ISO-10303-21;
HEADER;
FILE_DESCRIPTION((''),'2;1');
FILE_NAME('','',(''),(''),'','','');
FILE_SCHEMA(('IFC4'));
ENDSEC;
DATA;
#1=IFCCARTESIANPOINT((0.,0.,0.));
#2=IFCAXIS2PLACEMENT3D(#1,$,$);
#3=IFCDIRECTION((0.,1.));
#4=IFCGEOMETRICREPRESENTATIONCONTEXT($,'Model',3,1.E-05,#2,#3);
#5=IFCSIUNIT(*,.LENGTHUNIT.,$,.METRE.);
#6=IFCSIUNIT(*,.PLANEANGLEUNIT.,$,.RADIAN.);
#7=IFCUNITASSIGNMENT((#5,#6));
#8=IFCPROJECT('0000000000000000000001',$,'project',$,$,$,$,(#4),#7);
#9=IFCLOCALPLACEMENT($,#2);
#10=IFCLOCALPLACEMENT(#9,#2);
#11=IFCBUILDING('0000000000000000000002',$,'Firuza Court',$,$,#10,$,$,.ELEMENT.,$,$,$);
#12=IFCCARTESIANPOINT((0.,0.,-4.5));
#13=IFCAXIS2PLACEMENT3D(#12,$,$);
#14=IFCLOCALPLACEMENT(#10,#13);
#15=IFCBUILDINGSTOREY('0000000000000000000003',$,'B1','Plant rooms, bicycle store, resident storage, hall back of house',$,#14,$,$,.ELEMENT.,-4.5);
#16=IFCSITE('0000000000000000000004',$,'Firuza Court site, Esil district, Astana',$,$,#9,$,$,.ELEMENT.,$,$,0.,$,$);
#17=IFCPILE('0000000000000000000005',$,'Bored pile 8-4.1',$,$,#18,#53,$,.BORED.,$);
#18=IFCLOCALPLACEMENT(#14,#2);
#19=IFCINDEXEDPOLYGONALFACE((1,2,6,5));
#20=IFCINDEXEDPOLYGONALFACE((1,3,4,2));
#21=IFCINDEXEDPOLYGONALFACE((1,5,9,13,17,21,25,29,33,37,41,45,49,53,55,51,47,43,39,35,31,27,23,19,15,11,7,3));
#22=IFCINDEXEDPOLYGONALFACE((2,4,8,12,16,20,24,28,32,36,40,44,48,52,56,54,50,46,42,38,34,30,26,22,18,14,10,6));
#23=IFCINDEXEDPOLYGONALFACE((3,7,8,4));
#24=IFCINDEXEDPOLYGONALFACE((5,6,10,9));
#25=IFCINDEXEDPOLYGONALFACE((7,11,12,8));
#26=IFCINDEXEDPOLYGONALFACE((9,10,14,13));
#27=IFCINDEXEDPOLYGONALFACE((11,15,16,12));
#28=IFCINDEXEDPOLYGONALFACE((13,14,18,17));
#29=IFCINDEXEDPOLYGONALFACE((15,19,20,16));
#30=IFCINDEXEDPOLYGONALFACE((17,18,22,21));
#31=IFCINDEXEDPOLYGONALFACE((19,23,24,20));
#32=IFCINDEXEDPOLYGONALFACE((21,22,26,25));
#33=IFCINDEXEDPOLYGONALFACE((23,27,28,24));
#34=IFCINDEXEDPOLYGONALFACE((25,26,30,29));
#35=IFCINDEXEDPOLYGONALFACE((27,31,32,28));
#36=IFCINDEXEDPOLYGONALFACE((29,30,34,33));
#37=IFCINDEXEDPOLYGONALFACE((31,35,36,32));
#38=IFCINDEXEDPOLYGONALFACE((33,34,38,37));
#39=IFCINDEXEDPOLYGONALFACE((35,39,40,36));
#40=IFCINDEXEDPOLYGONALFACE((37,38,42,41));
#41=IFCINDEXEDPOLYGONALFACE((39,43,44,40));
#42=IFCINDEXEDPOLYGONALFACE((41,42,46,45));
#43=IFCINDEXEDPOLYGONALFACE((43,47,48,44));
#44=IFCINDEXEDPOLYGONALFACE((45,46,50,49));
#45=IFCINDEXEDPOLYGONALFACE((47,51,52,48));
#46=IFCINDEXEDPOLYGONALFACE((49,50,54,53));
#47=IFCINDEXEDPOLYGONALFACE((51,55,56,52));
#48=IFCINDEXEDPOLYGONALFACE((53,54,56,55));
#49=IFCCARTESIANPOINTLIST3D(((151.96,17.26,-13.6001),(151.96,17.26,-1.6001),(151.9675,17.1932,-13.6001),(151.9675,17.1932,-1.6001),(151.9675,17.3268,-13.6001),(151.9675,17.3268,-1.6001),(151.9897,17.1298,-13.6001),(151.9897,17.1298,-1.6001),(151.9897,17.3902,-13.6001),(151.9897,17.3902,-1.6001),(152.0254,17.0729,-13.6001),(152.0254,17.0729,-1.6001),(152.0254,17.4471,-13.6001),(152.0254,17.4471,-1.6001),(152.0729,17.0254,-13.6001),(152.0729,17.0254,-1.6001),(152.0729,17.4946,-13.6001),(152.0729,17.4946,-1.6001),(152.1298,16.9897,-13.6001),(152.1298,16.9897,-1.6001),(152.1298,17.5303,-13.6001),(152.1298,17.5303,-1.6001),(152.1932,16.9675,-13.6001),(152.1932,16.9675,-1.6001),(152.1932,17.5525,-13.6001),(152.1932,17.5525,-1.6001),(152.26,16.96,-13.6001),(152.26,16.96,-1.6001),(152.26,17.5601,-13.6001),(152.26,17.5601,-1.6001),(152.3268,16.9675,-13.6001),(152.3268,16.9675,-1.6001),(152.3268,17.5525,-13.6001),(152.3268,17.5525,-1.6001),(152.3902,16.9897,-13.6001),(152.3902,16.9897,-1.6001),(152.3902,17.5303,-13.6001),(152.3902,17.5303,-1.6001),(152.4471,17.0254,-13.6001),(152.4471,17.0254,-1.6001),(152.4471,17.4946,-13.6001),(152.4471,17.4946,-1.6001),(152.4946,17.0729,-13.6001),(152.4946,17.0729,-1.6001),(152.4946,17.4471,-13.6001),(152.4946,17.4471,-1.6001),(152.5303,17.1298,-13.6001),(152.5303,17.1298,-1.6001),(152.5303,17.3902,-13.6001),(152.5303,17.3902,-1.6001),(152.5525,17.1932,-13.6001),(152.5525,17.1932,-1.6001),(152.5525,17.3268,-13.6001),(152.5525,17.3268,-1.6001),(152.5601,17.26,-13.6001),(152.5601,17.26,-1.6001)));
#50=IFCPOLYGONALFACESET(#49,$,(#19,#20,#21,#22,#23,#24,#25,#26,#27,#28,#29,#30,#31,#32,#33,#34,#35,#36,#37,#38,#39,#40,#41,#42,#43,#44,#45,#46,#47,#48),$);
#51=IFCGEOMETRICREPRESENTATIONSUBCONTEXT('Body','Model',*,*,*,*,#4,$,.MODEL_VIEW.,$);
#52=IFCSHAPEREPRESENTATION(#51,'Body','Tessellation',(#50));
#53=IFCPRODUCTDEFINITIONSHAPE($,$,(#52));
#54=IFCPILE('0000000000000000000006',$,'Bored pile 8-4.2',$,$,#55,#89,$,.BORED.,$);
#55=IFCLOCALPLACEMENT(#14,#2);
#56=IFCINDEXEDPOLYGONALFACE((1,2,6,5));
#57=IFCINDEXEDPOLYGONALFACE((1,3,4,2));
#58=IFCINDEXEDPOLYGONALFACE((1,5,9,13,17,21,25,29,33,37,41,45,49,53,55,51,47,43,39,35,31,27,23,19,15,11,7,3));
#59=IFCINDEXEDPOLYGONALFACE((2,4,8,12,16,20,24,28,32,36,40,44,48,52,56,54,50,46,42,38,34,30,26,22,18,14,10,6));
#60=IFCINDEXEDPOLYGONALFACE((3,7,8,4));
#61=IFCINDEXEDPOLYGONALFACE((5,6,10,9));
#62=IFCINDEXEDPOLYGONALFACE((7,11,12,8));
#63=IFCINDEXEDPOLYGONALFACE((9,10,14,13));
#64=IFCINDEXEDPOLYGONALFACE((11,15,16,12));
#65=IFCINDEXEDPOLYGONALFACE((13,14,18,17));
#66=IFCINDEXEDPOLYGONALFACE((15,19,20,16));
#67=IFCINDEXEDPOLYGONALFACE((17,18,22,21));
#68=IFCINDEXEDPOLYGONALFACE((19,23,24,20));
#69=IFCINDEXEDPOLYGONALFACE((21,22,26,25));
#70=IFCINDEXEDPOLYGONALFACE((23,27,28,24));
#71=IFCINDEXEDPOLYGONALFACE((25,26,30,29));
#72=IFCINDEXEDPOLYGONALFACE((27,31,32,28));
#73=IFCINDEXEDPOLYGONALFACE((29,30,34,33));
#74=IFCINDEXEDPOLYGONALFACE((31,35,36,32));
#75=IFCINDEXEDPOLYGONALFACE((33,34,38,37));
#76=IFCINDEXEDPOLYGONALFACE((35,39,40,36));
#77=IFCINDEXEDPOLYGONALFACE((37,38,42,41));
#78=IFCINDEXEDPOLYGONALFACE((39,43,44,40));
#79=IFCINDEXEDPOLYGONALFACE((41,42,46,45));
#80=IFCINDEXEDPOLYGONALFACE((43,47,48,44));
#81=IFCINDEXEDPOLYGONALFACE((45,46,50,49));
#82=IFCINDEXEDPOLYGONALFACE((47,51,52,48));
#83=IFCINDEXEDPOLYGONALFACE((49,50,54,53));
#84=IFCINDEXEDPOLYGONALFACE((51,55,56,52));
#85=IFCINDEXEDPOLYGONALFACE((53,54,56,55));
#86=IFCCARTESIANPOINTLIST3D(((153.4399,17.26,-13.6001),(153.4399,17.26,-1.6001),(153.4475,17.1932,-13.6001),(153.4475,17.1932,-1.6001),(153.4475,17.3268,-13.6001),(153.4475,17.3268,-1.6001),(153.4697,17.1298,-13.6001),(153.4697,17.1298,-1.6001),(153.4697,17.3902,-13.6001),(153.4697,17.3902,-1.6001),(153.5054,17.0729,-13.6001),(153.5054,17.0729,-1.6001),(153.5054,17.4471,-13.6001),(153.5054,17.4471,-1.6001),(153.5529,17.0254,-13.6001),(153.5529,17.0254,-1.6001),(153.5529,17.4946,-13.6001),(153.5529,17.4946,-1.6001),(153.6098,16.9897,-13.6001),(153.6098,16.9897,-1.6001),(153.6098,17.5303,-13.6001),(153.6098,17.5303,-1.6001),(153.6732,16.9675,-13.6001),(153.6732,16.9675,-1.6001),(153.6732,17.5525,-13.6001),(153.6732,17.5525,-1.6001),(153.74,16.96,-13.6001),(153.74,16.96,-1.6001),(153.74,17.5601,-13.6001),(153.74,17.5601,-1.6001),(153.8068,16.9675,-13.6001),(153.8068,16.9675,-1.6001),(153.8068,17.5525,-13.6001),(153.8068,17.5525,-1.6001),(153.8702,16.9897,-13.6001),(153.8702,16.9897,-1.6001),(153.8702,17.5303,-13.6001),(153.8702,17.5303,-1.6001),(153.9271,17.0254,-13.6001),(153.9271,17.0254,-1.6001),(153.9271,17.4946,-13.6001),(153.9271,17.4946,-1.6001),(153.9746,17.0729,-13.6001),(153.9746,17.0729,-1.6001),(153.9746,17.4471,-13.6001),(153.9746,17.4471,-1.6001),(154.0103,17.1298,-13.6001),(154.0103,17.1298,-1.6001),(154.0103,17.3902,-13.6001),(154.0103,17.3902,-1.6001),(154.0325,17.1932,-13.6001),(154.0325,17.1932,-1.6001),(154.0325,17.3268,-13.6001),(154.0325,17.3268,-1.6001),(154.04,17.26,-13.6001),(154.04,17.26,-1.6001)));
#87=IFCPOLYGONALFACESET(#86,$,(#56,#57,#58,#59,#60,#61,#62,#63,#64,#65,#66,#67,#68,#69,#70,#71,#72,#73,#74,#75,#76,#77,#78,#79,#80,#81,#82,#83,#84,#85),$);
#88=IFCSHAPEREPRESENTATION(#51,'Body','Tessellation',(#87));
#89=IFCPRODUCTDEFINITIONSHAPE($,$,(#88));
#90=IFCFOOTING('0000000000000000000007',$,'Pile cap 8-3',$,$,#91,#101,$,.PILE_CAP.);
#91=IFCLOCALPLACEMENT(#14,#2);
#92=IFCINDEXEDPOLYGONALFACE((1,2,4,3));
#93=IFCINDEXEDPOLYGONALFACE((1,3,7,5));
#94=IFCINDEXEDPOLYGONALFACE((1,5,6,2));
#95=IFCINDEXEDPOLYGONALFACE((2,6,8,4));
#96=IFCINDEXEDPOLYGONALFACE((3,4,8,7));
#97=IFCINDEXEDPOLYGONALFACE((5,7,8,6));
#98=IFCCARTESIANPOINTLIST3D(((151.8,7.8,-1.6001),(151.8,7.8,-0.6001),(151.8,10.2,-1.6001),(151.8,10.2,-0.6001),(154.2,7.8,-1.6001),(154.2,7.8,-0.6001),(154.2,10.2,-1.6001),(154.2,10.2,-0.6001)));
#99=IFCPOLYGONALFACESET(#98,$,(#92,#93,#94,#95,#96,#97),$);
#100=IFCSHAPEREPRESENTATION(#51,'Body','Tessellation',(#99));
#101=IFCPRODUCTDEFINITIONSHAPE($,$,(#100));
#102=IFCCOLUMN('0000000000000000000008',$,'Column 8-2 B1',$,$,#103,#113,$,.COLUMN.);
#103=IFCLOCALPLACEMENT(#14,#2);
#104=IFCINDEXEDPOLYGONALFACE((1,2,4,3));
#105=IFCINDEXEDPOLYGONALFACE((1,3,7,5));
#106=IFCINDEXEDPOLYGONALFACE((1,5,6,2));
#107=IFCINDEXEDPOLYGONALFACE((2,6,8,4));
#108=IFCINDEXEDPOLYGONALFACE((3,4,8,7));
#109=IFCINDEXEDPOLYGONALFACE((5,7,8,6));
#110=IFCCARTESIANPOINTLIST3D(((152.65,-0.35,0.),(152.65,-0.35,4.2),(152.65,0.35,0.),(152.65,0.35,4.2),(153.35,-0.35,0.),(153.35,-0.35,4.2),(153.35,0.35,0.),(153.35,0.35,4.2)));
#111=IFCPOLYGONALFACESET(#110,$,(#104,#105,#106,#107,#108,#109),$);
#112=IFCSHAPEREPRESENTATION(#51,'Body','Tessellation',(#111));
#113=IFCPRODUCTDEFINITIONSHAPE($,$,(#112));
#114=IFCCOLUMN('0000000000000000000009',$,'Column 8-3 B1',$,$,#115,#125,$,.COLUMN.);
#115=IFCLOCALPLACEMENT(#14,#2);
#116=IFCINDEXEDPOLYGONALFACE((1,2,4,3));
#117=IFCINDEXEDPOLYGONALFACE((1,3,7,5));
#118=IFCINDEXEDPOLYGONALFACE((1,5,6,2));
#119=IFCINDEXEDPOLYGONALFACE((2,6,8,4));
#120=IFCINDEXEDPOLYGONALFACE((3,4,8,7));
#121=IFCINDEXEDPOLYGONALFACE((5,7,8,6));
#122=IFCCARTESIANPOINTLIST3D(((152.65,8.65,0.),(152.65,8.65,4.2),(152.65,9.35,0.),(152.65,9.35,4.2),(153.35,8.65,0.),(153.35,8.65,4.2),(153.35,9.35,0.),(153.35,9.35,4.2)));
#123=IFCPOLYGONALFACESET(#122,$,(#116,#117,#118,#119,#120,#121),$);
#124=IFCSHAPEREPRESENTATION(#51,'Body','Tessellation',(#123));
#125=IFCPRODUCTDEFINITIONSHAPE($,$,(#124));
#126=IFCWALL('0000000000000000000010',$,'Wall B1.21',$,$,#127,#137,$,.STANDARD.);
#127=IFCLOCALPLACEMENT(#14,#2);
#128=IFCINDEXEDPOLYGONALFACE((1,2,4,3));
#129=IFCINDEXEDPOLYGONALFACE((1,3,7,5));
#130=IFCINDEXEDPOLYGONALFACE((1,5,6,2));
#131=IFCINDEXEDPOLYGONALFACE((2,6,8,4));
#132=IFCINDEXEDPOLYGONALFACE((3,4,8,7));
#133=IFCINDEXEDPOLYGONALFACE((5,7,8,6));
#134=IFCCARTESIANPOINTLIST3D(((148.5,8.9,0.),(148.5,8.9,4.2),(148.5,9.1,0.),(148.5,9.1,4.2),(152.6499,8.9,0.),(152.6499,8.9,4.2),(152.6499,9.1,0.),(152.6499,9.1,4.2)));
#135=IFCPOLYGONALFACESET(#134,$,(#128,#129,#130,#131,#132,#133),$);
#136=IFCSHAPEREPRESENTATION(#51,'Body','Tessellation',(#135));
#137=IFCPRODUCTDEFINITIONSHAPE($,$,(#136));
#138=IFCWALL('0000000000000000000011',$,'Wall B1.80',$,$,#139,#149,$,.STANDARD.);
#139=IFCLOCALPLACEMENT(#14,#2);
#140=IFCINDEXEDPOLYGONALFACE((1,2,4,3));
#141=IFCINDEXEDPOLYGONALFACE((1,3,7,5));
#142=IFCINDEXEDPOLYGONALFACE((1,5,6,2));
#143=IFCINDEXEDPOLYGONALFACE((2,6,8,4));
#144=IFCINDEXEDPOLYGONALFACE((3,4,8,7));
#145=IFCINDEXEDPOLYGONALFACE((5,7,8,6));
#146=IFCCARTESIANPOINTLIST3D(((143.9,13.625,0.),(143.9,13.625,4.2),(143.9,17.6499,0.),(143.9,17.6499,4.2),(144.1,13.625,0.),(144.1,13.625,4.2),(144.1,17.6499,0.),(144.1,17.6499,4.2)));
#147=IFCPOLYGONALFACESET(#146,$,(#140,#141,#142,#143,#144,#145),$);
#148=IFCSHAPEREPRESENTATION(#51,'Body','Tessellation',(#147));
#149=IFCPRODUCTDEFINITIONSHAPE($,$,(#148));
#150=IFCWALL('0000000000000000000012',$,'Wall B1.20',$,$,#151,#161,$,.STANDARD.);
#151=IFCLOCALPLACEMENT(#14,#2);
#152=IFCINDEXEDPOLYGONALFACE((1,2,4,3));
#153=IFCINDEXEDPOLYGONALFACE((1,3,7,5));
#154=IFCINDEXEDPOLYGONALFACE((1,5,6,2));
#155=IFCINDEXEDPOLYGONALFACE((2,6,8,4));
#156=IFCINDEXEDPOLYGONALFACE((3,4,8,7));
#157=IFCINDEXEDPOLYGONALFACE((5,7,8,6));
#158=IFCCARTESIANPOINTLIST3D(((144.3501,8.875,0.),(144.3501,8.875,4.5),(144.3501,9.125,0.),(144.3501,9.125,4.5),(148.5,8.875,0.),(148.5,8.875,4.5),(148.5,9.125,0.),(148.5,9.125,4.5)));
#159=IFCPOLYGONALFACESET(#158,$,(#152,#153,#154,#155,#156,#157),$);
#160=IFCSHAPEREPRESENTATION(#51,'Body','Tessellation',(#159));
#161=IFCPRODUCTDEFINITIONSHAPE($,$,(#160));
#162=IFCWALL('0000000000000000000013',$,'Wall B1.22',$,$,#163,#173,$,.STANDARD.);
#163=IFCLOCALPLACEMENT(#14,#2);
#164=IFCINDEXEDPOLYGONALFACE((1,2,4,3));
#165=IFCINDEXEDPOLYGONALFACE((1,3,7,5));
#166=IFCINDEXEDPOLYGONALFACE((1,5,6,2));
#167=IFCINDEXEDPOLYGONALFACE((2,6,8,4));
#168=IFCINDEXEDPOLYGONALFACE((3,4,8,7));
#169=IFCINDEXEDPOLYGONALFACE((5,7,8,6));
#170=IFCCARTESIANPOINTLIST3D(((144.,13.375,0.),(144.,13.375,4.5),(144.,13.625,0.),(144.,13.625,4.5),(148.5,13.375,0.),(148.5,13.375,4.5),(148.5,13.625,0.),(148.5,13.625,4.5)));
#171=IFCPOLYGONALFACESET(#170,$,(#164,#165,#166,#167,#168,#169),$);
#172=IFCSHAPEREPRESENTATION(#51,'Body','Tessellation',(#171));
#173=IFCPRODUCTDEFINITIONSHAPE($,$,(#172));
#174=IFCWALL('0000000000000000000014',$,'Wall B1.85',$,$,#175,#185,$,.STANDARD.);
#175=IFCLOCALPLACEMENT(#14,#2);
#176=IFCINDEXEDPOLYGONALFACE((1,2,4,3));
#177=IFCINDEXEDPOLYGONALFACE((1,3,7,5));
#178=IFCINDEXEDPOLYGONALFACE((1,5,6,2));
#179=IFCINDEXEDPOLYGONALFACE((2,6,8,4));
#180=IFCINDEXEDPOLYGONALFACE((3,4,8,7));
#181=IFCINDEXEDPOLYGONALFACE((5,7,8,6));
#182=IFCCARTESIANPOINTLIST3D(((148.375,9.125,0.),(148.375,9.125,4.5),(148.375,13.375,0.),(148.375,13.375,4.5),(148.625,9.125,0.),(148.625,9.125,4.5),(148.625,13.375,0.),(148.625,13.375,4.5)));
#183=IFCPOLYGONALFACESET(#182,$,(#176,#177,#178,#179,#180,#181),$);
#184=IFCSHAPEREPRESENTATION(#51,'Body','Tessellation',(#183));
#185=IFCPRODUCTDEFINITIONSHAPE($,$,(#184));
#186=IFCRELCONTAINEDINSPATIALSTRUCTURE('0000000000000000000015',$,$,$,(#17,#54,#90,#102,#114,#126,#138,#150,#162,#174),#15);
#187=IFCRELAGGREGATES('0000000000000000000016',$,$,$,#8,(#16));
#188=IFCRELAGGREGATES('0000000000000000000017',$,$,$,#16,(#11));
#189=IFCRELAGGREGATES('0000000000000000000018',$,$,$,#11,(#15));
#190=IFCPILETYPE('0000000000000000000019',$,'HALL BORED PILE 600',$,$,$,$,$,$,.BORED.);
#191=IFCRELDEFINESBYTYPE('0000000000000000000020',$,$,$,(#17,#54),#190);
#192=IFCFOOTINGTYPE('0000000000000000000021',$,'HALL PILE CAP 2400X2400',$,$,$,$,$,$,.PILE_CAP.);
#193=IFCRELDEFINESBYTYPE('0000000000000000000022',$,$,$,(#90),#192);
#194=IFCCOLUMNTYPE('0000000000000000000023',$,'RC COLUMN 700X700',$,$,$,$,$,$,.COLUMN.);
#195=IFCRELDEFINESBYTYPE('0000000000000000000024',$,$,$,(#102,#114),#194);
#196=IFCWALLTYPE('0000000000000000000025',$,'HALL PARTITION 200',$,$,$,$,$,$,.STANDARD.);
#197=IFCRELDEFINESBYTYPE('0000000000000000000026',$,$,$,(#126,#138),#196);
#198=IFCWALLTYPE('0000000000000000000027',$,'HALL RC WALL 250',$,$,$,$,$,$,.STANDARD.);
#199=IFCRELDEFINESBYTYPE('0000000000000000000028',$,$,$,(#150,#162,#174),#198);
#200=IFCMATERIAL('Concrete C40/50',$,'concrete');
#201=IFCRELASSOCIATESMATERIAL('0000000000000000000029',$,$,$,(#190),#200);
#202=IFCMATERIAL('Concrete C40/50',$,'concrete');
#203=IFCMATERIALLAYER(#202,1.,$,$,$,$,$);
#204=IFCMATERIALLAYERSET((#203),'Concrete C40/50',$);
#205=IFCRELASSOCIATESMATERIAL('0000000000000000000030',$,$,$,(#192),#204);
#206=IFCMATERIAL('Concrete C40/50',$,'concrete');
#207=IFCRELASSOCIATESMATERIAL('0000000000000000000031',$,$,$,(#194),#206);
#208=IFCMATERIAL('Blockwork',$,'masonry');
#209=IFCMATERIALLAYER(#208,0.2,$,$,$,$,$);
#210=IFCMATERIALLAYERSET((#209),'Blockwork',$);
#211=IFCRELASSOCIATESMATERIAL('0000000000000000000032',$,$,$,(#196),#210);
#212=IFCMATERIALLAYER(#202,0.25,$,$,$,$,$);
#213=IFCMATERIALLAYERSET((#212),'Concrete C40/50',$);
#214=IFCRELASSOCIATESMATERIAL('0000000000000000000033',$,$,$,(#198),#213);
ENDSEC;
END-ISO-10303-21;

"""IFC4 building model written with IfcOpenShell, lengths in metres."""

from ifc_helpers import new_model, si_unit, direction, frame, frame_2d, origin, origin_2d, place, context, subcontext, project, spatial, rectangle, circle, extrude, material, layer, layer_set, material_profile, profile_set, type_object, element, save


model = new_model("IFC4")

# Units and contexts
model_context = context("Model", 3, precision=1e-05, world=origin(), true_north=direction((0.0, 1.0)))
body_context = subcontext(model_context, "Body", "Model", "MODEL_VIEW")
ifc_project = project(units=[si_unit("LENGTHUNIT", "METRE"), si_unit("PLANEANGLEUNIT", "RADIAN")], contexts=[model_context])

# Site, building, storey
site_placement = place(None, origin())
site = spatial("IfcSite", under=ifc_project, at=site_placement, Name="Firuza Court site, Esil district, Astana", CompositionType="ELEMENT", RefElevation=0.0)
building_placement = place(site_placement, origin())
building = spatial("IfcBuilding", under=site, at=building_placement, Name="Firuza Court", CompositionType="ELEMENT")
storey_placement = place(building_placement, frame((0.0, 0.0, -4.5)))
storey = spatial("IfcBuildingStorey", under=building, at=storey_placement, Name="B1", Description="Plant rooms, bicycle store, resident storage, hall back of house", CompositionType="ELEMENT", Elevation=-4.5)

# Piles
ifc_material_1 = material(Name="Concrete C40/50", Category="concrete")
ifc_material_profile_1 = material_profile(ifc_material_1, circle(Radius=0.3, at=origin_2d()), Name="PILE 600")
ifc_profile_set_1 = profile_set([ifc_material_profile_1], Name="Concrete C40/50")
pile_type = type_object("IfcPileType", Name="HALL BORED PILE 600", PredefinedType="BORED", material=ifc_profile_set_1)
for number, where, z_axis, x_axis, name in (
    (1, (152.26, 17.26, -1.6001), (0.0, 0.0, -1.0), (1.0, 0.0, 0.0), "Bored pile 8-4.1"),
    (2, (153.74, 17.26, -1.6001), (0.0, 0.0, -1.0), (1.0, 0.0, 0.0), "Bored pile 8-4.2"),
):
    element("IfcPile", number, at=place(storey_placement, frame(where, z_axis=z_axis, x_axis=x_axis)), inside=storey, type_object=pile_type, Name=name, PredefinedType="BORED", context=body_context, shape_type="SweptSolid", body=[
        extrude(circle(Radius=0.3, at=origin_2d()), origin(), (0.0, 0.0, 1.0), 12.0),
    ])

# Footing
ifc_material_2 = material(Name="Concrete C40/50", Category="concrete")
ifc_layer_1 = layer(ifc_material_2, 1.0)
ifc_layer_set_1 = layer_set([ifc_layer_1], Name="Concrete C40/50")
footing_type = type_object("IfcFootingType", Name="HALL PILE CAP 2400X2400", PredefinedType="PILE_CAP", material=ifc_layer_set_1)
footing_placement = place(storey_placement, frame((153.0, 9.0, -1.6001), z_axis=(0.0, 0.0, 1.0), x_axis=(1.0, 0.0, 0.0)))
element("IfcFooting", 3, at=footing_placement, inside=storey, type_object=footing_type, Name="Pile cap 8-3", PredefinedType="PILE_CAP", context=body_context, shape_type="SweptSolid", body=[
    extrude(rectangle(XDim=2.3999, YDim=2.3999, at=origin_2d()), origin(), (0.0, 0.0, 1.0), 1.0),
])

# Columns
ifc_material_3 = material(Name="Concrete C40/50", Category="concrete")
ifc_material_profile_2 = material_profile(ifc_material_3, rectangle(XDim=0.7, YDim=0.7, at=origin_2d()), Name="RC 700X700")
ifc_profile_set_2 = profile_set([ifc_material_profile_2], Name="Concrete C40/50")
column_type = type_object("IfcColumnType", Name="RC COLUMN 700X700", PredefinedType="COLUMN", material=ifc_profile_set_2)
for number, where, z_axis, x_axis, name in (
    (4, (153.0, 0.0, 0.0), (0.0, 0.0, 1.0), (1.0, 0.0, 0.0), "Column 8-2 B1"),
    (5, (153.0, 9.0, 0.0), (0.0, 0.0, 1.0), (1.0, 0.0, 0.0), "Column 8-3 B1"),
):
    element("IfcColumn", number, at=place(storey_placement, frame(where, z_axis=z_axis, x_axis=x_axis)), inside=storey, type_object=column_type, Name=name, PredefinedType="COLUMN", context=body_context, shape_type="SweptSolid", body=[
        extrude(rectangle(XDim=0.7, YDim=0.7, at=origin_2d()), origin(), (0.0, 0.0, 1.0), 4.2),
    ])

# Walls
ifc_material_4 = material(Name="Blockwork", Category="masonry")
ifc_layer_2 = layer(ifc_material_4, 0.2)
ifc_layer_set_2 = layer_set([ifc_layer_2], Name="Blockwork")
wall_type_1 = type_object("IfcWallType", Name="HALL PARTITION 200", PredefinedType="STANDARD", material=ifc_layer_set_2)
wall_1_placement = place(storey_placement, frame((148.5, 9.0, 0.0), z_axis=(0.0, 0.0, 1.0), x_axis=(1.0, 0.0, 0.0)))
element("IfcWall", 6, at=wall_1_placement, inside=storey, type_object=wall_type_1, Name="Wall B1.21", PredefinedType="STANDARD", context=body_context, shape_type="SweptSolid", body=[
    extrude(rectangle(XDim=4.1499, YDim=0.2, at=frame_2d((2.075, 0.0))), origin(), (0.0, 0.0, 1.0), 4.2),
])
wall_2_placement = place(storey_placement, frame((144.0, 13.625, 0.0), z_axis=(0.0, 0.0, 1.0), x_axis=(0.0, 1.0, 0.0)))
element("IfcWall", 7, at=wall_2_placement, inside=storey, type_object=wall_type_1, Name="Wall B1.80", PredefinedType="STANDARD", context=body_context, shape_type="SweptSolid", body=[
    extrude(rectangle(XDim=4.0249, YDim=0.2, at=frame_2d((2.0125, 0.0))), origin(), (0.0, 0.0, 1.0), 4.2),
])
ifc_layer_3 = layer(ifc_material_2, 0.25)
ifc_layer_set_3 = layer_set([ifc_layer_3], Name="Concrete C40/50")
wall_type_2 = type_object("IfcWallType", Name="HALL RC WALL 250", PredefinedType="STANDARD", material=ifc_layer_set_3)
wall_3_placement = place(storey_placement, frame((144.3501, 9.0, 0.0), z_axis=(0.0, 0.0, 1.0), x_axis=(1.0, 0.0, 0.0)))
element("IfcWall", 8, at=wall_3_placement, inside=storey, type_object=wall_type_2, Name="Wall B1.20", PredefinedType="STANDARD", context=body_context, shape_type="SweptSolid", body=[
    extrude(rectangle(XDim=4.1499, YDim=0.25, at=frame_2d((2.075, 0.0))), origin(), (0.0, 0.0, 1.0), 4.5),
])
wall_4_placement = place(storey_placement, frame((144.0, 13.5, 0.0), z_axis=(0.0, 0.0, 1.0), x_axis=(1.0, 0.0, 0.0)))
element("IfcWall", 9, at=wall_4_placement, inside=storey, type_object=wall_type_2, Name="Wall B1.22", PredefinedType="STANDARD", context=body_context, shape_type="SweptSolid", body=[
    extrude(rectangle(XDim=4.5, YDim=0.25, at=frame_2d((2.25, 0.0))), origin(), (0.0, 0.0, 1.0), 4.5),
])
wall_5_placement = place(storey_placement, frame((148.5, 9.125, 0.0), z_axis=(0.0, 0.0, 1.0), x_axis=(0.0, 1.0, 0.0)))
element("IfcWall", 10, at=wall_5_placement, inside=storey, type_object=wall_type_2, Name="Wall B1.85", PredefinedType="STANDARD", context=body_context, shape_type="SweptSolid", body=[
    extrude(rectangle(XDim=4.25, YDim=0.25, at=frame_2d((2.125, 0.0))), origin(), (0.0, 0.0, 1.0), 4.5),
])

save(model, "model.ifc")
